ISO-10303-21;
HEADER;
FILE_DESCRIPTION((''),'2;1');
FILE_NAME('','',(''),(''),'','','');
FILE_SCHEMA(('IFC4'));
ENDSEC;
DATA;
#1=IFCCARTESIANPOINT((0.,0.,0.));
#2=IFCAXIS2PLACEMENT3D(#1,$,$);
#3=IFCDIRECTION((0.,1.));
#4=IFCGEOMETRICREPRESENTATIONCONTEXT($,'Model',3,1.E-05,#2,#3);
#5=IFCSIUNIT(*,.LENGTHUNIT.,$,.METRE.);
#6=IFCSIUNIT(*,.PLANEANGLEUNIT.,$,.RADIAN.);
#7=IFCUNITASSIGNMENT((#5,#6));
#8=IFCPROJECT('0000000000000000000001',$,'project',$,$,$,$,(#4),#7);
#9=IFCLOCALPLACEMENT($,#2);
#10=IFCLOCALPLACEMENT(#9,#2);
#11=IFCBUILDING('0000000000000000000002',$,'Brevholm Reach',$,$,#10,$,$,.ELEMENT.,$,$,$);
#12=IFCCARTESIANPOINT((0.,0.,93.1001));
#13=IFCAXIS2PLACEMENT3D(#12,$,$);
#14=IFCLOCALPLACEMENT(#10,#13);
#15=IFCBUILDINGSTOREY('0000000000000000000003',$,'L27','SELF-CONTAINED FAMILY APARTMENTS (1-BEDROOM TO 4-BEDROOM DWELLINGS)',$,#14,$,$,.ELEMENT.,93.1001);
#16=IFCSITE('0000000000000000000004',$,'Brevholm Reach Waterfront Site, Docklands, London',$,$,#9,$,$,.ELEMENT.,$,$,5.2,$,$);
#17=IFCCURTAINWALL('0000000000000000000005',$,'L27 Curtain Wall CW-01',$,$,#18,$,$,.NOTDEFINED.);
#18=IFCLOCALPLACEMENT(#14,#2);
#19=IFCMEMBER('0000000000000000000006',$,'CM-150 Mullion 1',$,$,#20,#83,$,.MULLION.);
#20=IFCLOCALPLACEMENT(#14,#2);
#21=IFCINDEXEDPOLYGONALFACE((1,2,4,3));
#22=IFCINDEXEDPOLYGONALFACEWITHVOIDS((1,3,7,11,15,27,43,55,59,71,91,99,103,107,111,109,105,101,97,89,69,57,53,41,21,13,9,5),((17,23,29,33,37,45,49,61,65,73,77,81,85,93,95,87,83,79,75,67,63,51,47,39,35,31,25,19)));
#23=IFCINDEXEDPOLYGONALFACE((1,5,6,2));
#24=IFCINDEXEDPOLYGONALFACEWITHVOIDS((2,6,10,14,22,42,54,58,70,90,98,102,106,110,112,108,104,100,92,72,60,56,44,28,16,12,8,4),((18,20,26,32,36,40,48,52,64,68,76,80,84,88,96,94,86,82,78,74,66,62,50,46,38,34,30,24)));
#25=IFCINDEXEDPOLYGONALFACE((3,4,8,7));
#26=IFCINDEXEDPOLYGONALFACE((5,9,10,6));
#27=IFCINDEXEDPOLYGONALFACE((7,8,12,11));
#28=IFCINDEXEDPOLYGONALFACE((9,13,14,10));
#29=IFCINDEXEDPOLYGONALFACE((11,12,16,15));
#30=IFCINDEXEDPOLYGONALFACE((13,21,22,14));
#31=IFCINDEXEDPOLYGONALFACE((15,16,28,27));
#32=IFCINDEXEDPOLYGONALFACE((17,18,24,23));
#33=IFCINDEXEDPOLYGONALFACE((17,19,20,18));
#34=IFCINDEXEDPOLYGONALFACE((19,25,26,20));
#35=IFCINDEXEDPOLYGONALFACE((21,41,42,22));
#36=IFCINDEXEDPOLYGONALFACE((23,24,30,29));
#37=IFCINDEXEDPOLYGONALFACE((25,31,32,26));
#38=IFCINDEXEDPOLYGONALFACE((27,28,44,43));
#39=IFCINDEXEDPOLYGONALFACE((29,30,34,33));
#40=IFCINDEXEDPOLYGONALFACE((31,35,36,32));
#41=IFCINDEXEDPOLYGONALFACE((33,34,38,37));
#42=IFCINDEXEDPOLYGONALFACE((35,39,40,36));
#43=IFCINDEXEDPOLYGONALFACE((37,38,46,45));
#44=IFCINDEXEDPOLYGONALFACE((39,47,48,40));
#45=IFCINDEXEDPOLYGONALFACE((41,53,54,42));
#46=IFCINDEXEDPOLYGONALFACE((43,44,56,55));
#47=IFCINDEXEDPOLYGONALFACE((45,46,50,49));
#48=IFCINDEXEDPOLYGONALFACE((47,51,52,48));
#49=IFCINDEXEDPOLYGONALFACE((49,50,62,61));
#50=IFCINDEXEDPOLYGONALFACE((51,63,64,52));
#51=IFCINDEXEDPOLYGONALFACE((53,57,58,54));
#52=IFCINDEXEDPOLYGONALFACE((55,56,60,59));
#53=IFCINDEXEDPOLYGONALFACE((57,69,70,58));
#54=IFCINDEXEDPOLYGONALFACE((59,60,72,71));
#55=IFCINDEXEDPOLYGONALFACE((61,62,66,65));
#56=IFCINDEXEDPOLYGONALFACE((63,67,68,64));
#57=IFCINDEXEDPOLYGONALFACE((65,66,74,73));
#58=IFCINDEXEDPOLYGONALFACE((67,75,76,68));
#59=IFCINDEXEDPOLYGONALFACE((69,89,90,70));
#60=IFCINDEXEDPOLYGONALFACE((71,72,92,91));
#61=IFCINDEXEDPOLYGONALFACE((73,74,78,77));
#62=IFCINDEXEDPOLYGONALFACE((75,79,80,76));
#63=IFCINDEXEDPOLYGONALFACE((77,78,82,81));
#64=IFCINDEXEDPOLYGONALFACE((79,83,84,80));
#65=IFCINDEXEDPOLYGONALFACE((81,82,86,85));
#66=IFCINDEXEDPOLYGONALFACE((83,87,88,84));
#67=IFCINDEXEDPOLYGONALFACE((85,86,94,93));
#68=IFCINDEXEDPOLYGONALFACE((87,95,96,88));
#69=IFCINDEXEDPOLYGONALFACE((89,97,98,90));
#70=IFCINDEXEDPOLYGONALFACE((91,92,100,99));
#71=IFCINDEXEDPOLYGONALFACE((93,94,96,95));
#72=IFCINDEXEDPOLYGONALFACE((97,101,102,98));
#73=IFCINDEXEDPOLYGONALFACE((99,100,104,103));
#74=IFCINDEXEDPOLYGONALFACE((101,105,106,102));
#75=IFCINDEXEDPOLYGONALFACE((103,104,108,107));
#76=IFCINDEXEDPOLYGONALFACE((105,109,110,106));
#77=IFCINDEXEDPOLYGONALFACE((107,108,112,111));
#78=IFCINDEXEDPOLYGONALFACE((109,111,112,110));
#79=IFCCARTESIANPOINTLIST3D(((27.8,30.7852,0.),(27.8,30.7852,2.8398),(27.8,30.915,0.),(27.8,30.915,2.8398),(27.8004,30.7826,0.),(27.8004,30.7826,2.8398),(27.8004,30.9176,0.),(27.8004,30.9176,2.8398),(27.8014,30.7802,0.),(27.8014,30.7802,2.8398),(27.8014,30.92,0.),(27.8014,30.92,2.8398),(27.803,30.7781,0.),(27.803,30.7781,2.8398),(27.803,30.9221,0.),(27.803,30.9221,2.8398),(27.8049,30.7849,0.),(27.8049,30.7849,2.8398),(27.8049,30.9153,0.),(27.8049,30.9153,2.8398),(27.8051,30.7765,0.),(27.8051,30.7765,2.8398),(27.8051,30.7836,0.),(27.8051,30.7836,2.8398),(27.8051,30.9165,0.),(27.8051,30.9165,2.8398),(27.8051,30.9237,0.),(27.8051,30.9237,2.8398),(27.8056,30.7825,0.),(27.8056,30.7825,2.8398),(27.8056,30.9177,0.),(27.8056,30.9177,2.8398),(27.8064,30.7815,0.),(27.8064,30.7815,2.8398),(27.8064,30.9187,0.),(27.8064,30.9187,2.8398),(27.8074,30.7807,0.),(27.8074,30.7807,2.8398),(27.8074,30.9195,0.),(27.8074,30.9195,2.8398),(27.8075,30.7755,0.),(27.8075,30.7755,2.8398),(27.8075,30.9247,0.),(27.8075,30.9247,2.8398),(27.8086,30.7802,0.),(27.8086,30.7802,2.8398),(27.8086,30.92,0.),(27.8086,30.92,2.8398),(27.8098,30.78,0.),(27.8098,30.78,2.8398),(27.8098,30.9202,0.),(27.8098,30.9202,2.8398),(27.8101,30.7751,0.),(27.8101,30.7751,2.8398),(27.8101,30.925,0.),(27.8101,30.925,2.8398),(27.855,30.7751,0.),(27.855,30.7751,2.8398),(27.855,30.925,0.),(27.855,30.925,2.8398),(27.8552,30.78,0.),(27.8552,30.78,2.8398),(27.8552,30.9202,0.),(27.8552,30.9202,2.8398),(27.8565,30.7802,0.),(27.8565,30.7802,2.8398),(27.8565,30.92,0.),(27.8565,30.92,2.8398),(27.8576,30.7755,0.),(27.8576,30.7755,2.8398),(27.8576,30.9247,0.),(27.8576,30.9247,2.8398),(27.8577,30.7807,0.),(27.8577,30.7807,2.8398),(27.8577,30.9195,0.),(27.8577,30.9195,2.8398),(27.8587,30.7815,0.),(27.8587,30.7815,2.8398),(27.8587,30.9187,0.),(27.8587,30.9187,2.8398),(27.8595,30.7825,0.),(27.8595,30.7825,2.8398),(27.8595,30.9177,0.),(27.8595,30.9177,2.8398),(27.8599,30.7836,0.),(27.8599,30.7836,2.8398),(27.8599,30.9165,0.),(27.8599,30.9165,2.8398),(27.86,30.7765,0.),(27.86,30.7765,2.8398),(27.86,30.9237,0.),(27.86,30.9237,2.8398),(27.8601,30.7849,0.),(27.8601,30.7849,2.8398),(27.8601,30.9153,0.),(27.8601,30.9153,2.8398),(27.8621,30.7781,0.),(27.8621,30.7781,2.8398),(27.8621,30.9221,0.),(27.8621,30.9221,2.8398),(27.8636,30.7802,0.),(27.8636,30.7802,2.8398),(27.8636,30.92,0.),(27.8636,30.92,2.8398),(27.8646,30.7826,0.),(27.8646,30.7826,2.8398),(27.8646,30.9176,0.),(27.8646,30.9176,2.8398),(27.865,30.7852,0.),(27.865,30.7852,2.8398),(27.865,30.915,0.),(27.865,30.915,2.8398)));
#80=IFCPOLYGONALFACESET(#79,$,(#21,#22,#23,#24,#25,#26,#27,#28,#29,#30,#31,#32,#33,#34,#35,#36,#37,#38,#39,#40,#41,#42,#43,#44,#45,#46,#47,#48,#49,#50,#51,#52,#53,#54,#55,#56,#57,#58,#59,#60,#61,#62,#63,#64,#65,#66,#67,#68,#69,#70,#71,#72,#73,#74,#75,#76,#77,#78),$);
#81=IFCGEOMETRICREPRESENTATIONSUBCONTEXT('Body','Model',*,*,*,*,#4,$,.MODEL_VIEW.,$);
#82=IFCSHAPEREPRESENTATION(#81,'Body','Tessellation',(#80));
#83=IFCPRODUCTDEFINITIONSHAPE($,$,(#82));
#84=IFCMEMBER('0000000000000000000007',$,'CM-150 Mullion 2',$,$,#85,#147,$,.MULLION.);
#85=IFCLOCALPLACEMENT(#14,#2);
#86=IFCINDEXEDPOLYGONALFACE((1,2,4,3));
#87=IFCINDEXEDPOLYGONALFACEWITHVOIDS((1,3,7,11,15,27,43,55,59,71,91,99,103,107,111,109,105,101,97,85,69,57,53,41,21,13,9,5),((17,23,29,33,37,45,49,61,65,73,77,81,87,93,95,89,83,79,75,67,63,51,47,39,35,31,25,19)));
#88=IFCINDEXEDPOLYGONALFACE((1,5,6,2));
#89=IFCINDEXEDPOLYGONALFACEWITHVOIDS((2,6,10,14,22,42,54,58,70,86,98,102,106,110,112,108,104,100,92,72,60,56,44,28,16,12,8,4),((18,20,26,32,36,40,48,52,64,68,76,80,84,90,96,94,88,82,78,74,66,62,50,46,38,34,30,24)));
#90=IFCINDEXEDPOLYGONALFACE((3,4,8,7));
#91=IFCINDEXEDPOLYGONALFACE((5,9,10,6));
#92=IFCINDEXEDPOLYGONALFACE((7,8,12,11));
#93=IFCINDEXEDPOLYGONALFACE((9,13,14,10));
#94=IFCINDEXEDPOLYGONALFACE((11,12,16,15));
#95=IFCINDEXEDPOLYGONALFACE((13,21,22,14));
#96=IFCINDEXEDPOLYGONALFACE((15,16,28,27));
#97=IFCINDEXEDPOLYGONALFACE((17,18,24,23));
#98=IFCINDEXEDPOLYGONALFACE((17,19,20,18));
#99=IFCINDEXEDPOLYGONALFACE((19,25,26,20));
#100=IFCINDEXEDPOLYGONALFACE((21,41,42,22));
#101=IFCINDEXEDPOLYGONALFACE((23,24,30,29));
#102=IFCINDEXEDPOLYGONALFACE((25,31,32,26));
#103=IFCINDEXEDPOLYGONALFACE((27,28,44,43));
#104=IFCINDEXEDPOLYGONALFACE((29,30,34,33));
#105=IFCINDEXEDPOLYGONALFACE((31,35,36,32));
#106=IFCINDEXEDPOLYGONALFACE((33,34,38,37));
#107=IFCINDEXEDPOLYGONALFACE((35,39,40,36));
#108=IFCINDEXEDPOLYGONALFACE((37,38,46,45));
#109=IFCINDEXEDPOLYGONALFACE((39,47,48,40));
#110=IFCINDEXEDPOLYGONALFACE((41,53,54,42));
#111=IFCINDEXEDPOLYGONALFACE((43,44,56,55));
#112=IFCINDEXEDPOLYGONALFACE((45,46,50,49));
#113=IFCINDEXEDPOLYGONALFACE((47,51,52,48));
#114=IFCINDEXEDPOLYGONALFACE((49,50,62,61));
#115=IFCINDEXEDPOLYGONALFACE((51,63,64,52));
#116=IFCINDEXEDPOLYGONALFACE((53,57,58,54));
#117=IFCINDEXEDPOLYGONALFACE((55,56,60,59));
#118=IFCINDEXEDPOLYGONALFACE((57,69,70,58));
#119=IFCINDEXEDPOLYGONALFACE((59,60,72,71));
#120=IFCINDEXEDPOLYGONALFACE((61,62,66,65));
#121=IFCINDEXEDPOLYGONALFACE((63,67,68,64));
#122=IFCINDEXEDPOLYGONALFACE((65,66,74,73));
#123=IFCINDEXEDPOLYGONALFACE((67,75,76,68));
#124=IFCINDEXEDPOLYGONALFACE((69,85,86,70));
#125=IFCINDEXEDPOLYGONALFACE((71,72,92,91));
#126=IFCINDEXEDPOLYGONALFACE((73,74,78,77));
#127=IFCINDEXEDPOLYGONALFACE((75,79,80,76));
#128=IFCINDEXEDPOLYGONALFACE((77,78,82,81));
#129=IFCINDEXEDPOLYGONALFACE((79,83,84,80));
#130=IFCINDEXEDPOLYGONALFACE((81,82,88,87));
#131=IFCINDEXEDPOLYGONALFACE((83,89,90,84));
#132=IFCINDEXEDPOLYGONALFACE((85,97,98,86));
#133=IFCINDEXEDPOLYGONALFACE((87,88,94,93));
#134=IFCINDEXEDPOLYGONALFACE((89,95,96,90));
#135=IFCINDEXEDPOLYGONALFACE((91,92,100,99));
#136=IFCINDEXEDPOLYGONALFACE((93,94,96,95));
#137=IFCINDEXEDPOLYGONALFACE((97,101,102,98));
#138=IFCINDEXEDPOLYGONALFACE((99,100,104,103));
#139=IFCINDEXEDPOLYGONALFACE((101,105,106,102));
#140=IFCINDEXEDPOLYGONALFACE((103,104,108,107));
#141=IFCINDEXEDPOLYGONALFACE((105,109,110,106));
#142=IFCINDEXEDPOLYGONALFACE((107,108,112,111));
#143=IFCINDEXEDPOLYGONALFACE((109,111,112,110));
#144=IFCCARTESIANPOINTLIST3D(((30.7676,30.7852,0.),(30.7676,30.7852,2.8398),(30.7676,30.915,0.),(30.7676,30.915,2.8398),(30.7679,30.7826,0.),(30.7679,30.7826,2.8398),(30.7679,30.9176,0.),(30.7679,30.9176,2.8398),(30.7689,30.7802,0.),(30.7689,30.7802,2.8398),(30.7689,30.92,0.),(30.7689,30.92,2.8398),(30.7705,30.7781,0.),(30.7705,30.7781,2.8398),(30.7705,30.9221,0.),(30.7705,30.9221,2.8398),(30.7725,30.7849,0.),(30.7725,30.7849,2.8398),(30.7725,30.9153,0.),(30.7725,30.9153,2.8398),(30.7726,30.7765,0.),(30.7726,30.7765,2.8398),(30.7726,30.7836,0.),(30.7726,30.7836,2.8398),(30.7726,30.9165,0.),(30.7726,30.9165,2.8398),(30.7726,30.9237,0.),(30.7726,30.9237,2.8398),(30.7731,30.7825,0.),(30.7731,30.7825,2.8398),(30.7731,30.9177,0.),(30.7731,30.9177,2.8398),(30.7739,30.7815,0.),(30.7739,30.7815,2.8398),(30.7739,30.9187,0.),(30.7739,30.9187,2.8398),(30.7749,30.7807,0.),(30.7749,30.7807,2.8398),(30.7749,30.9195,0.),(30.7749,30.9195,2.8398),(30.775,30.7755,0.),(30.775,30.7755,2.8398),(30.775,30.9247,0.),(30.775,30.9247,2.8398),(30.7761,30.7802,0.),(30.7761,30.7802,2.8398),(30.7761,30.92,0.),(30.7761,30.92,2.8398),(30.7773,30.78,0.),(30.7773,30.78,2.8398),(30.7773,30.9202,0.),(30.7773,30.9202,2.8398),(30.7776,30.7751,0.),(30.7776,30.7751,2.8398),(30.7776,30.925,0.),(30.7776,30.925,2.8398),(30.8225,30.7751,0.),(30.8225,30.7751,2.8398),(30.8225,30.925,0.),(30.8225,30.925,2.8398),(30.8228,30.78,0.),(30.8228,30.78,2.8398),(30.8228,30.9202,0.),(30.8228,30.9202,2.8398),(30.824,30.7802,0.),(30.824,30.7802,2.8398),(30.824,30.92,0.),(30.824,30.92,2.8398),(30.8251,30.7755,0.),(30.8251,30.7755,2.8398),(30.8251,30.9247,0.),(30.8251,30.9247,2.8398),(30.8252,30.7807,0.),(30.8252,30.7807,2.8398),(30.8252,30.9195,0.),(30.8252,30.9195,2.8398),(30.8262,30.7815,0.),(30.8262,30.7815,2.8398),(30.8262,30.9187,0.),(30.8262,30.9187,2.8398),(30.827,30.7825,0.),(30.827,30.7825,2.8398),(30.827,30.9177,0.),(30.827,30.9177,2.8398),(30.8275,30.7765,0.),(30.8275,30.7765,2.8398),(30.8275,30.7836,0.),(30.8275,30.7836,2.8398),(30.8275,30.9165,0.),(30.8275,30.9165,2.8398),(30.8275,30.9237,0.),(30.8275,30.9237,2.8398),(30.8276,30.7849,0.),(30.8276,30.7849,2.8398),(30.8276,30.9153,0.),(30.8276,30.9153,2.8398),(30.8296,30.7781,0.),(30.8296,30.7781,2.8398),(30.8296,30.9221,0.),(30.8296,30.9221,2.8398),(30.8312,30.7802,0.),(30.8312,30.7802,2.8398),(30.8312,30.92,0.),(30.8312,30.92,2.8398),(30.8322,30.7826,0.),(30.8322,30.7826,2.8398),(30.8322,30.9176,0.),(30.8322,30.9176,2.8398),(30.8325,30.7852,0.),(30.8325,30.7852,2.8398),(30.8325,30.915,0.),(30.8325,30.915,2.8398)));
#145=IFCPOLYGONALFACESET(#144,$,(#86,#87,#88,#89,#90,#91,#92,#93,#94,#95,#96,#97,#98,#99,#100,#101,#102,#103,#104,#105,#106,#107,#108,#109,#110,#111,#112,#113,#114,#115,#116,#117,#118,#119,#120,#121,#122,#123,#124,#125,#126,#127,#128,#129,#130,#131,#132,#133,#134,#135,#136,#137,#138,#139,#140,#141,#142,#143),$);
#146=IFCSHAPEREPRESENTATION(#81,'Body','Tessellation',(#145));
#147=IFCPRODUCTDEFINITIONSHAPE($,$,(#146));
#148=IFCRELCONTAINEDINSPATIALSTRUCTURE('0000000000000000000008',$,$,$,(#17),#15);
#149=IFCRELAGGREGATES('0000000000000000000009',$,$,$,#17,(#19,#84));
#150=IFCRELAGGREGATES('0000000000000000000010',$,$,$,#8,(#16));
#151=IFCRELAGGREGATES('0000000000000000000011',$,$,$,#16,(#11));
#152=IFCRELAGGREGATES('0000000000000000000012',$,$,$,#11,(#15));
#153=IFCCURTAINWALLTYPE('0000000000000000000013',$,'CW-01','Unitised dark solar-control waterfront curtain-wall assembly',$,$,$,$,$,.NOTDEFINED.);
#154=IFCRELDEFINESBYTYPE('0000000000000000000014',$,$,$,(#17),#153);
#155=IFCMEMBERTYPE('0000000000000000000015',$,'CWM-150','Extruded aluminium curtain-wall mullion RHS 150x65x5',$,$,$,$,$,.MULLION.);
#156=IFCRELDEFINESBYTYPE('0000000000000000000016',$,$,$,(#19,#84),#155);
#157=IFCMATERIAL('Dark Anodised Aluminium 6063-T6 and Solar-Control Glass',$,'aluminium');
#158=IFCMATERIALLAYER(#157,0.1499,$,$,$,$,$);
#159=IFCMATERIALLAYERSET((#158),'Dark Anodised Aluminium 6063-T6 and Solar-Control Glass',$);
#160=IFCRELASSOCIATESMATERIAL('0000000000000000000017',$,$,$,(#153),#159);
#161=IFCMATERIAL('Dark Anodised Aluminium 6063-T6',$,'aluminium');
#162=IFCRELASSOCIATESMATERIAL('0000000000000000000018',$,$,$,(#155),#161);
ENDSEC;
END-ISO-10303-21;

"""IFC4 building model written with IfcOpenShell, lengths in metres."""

from ifc_helpers import new_model, si_unit, direction, frame, origin, origin_2d, place, context, subcontext, project, spatial, hollow_rectangle, extrude, material, layer, layer_set, material_profile, profile_set, type_object, element, aggregate, save


model = new_model("IFC4")

# Units and contexts
model_context = context("Model", 3, precision=1e-05, world=origin(), true_north=direction((0.0, 1.0)))
body_context = subcontext(model_context, "Body", "Model", "MODEL_VIEW")
ifc_project = project(units=[si_unit("LENGTHUNIT", "METRE"), si_unit("PLANEANGLEUNIT", "RADIAN")], contexts=[model_context])

# Site, building, storey
site_placement = place(None, origin())
site = spatial("IfcSite", under=ifc_project, at=site_placement, Name="Brevholm Reach Waterfront Site, Docklands, London", CompositionType="ELEMENT", RefElevation=5.2)
building_placement = place(site_placement, origin())
building = spatial("IfcBuilding", under=site, at=building_placement, Name="Brevholm Reach", CompositionType="ELEMENT")
storey_placement = place(building_placement, frame((0.0, 0.0, 93.1001)))
storey = spatial("IfcBuildingStorey", under=building, at=storey_placement, Name="L27", Description="SELF-CONTAINED FAMILY APARTMENTS (1-BEDROOM TO 4-BEDROOM DWELLINGS)", CompositionType="ELEMENT", Elevation=93.1001)

# Curtain wall, members
ifc_material_1 = material(Name="Dark Anodised Aluminium 6063-T6 and Solar-Control Glass", Category="aluminium")
ifc_layer_1 = layer(ifc_material_1, 0.1499)
ifc_layer_set_1 = layer_set([ifc_layer_1], Name="Dark Anodised Aluminium 6063-T6 and Solar-Control Glass")
curtain_wall_type_1 = type_object("IfcCurtainWallType", Name="CW-01", Description="Unitised dark solar-control waterfront curtain-wall assembly", PredefinedType="NOTDEFINED", material=ifc_layer_set_1)
curtain_wall_1_placement = place(storey_placement, origin())
curtain_wall_1 = element("IfcCurtainWall", 1, at=curtain_wall_1_placement, inside=storey, type_object=curtain_wall_type_1, Name="L27 Curtain Wall CW-01", PredefinedType="NOTDEFINED")
ifc_material_2 = material(Name="Dark Anodised Aluminium 6063-T6", Category="aluminium")
ifc_material_profile_1 = material_profile(ifc_material_2, hollow_rectangle(XDim=0.0649, YDim=0.1499, WallThickness=0.0049, InnerFilletRadius=0.0049, OuterFilletRadius=0.01, at=origin_2d()), Name="RHS 150x65x5")
ifc_profile_set_1 = profile_set([ifc_material_profile_1], Name="Dark Anodised Aluminium 6063-T6")
member_type_1 = type_object("IfcMemberType", Name="CWM-150", Description="Extruded aluminium curtain-wall mullion RHS 150x65x5", PredefinedType="MULLION", material=ifc_profile_set_1)
member_1_placement = place(storey_placement, frame((27.8325, 30.8501, 0.0), z_axis=(0.0, 0.0, 1.0), x_axis=(1.0, 0.0, 0.0)))
member_1 = element("IfcMember", 2, at=member_1_placement, type_object=member_type_1, Name="CM-150 Mullion 1", PredefinedType="MULLION", context=body_context, shape_type="SweptSolid", body=[
    extrude(hollow_rectangle(XDim=0.0649, YDim=0.1499, WallThickness=0.0049, InnerFilletRadius=0.0049, OuterFilletRadius=0.01, at=origin_2d()), origin(), (0.0, 0.0, 1.0), 2.8398),
])
member_2_placement = place(storey_placement, frame((30.8, 30.8501, 0.0), z_axis=(0.0, 0.0, 1.0), x_axis=(1.0, 0.0, 0.0)))
member_2 = element("IfcMember", 3, at=member_2_placement, type_object=member_type_1, Name="CM-150 Mullion 2", PredefinedType="MULLION", context=body_context, shape_type="SweptSolid", body=[
    extrude(hollow_rectangle(XDim=0.0649, YDim=0.1499, WallThickness=0.0049, InnerFilletRadius=0.0049, OuterFilletRadius=0.01, at=origin_2d()), origin(), (0.0, 0.0, 1.0), 2.8398),
])

aggregate(curtain_wall_1, [member_1, member_2])

save(model, "model.ifc")
